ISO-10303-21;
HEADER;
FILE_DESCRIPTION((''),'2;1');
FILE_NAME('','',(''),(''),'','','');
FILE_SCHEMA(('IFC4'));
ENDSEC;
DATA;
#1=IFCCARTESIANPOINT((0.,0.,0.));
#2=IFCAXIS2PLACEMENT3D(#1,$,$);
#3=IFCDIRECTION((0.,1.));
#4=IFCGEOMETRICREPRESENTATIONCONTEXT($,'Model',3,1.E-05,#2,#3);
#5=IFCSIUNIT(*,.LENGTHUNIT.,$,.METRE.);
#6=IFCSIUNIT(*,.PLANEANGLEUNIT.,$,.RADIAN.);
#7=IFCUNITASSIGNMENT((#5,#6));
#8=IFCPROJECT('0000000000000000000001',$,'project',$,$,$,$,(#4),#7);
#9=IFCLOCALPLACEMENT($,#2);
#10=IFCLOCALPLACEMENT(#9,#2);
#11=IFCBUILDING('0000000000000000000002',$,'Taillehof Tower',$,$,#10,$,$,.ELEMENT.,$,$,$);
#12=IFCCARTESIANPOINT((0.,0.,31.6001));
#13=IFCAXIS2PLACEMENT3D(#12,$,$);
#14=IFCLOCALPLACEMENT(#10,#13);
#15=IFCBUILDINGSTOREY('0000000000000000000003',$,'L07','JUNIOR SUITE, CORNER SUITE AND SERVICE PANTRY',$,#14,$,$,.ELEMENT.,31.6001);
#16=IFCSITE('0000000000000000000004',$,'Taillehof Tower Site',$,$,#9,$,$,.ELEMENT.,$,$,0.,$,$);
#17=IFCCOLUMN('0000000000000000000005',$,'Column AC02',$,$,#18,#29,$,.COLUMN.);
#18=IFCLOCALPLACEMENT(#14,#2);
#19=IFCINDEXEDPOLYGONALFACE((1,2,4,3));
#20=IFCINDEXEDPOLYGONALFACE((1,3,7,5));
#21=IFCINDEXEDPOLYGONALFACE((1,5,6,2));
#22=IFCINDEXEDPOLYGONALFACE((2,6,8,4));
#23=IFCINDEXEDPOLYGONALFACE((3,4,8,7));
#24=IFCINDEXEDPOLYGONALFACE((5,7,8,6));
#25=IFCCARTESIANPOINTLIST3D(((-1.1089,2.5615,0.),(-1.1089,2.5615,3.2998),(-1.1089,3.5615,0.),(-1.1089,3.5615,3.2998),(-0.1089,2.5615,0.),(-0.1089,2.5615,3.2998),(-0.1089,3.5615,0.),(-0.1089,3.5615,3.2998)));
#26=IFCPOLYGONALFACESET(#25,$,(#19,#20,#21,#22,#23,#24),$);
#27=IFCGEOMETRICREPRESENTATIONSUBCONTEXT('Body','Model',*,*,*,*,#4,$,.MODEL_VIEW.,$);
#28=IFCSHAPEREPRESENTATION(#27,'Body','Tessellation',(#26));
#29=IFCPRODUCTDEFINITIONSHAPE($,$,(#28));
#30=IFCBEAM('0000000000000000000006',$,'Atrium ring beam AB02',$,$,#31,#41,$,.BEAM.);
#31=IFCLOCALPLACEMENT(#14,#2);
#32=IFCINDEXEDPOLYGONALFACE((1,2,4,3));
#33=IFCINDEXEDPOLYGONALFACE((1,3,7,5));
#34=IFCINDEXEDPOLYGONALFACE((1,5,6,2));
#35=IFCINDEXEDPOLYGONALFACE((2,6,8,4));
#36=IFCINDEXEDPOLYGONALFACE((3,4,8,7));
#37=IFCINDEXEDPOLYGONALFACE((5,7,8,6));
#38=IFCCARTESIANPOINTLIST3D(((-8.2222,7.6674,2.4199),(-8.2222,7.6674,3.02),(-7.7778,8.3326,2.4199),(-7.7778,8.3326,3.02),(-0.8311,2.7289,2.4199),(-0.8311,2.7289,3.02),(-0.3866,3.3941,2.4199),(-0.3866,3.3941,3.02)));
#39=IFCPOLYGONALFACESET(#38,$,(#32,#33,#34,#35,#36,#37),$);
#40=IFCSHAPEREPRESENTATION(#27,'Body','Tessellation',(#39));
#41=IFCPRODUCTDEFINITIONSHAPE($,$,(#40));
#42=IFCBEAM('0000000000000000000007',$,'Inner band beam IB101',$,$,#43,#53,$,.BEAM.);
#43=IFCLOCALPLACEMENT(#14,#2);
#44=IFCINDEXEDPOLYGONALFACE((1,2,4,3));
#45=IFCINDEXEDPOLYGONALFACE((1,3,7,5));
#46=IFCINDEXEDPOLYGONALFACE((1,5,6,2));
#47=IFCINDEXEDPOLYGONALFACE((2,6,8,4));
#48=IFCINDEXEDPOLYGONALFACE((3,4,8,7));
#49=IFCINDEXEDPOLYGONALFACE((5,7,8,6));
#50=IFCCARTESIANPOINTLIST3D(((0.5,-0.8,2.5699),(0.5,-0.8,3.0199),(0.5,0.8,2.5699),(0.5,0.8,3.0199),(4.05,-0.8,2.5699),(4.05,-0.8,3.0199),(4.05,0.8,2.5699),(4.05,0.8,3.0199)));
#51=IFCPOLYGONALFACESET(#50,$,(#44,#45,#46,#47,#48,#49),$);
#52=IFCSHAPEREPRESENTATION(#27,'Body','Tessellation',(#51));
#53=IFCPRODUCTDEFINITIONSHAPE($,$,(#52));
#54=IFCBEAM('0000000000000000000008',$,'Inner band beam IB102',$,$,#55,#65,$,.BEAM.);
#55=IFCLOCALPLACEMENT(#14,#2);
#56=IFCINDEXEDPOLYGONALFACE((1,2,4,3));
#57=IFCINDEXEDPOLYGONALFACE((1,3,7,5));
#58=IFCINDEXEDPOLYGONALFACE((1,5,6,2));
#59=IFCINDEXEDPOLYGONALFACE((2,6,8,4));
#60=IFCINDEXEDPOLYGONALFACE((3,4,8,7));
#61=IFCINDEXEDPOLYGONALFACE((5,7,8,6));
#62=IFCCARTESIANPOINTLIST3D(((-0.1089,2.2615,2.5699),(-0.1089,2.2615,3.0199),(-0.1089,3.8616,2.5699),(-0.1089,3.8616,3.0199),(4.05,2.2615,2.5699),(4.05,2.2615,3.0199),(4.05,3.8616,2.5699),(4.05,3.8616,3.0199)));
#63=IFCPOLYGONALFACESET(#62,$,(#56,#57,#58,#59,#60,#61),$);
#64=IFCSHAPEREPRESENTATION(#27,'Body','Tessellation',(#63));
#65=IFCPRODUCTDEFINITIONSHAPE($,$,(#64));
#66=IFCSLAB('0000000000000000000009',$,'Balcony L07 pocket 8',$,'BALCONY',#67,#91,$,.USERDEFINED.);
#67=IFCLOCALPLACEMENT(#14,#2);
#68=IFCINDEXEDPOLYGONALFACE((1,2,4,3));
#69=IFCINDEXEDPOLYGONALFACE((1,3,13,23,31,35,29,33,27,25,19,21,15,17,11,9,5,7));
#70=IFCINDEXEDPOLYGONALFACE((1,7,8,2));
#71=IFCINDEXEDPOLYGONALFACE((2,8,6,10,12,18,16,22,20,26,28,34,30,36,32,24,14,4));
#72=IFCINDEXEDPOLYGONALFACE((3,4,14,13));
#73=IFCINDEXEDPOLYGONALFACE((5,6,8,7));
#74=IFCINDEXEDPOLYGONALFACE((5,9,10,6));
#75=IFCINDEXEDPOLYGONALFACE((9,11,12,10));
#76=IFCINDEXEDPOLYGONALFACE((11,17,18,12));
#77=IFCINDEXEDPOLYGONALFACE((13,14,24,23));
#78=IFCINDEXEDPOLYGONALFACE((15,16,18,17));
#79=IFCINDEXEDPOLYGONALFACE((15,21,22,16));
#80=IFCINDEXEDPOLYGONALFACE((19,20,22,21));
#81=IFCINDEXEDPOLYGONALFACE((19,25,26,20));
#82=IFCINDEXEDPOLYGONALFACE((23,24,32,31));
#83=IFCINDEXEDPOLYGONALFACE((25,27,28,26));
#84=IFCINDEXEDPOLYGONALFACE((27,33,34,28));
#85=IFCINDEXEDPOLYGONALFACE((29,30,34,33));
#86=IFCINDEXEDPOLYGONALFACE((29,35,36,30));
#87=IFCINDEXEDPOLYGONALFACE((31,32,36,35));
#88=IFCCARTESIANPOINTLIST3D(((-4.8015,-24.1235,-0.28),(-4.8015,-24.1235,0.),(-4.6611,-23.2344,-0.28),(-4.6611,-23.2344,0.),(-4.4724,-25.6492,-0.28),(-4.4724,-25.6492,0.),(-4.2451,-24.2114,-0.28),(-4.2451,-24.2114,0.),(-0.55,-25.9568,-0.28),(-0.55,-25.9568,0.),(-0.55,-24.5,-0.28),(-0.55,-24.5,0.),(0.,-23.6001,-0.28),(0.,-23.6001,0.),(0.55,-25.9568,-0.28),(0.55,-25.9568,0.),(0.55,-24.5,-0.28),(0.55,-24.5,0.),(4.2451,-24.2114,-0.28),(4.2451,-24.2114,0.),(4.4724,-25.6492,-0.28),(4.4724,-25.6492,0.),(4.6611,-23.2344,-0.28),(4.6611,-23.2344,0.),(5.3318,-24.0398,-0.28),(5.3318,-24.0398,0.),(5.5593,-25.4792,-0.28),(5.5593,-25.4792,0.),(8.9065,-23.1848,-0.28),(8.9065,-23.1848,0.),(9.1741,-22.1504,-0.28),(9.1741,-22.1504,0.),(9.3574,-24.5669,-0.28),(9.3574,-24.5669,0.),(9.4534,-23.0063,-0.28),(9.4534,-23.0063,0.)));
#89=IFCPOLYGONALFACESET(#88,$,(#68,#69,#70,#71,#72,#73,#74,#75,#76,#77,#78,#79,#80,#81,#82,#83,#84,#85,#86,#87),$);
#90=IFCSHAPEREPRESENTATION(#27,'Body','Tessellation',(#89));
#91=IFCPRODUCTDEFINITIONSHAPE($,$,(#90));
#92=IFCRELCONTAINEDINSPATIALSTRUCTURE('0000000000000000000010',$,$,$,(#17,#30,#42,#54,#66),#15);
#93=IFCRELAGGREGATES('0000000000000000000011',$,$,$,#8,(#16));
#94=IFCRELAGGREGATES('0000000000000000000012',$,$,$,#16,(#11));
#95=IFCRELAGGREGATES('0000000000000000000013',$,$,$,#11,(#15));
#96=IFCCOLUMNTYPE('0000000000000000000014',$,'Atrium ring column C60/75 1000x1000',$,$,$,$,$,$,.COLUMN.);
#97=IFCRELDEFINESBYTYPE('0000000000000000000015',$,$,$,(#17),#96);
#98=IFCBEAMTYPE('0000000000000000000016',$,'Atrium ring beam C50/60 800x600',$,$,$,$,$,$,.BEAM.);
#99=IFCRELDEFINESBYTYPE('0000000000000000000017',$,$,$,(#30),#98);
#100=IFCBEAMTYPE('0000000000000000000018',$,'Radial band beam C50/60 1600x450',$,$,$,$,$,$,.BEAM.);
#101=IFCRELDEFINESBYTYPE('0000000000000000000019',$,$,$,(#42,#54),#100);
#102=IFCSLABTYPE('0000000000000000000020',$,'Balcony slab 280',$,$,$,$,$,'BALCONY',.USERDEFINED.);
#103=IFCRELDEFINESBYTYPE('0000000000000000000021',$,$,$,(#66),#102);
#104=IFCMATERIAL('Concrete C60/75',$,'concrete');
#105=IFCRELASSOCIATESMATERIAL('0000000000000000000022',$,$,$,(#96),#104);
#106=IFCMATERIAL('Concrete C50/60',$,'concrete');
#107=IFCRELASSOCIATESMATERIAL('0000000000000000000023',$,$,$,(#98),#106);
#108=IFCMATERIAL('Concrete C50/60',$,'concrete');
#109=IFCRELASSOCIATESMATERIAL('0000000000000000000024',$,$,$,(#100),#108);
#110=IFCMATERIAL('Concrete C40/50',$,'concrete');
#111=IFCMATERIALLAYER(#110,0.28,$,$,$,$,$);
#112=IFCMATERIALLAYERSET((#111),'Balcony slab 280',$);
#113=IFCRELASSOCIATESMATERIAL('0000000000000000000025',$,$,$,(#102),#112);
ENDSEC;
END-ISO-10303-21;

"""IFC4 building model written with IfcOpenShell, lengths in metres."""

from ifc_helpers import new_model, si_unit, direction, frame, origin, origin_2d, place, context, subcontext, project, spatial, polyline, rectangle, outline, extrude, material, layer, layer_set, material_profile, profile_set, type_object, element, save


model = new_model("IFC4")

# Units and contexts
model_context = context("Model", 3, precision=1e-05, world=origin(), true_north=direction((0.0, 1.0)))
body_context = subcontext(model_context, "Body", "Model", "MODEL_VIEW")
ifc_project = project(units=[si_unit("LENGTHUNIT", "METRE"), si_unit("PLANEANGLEUNIT", "RADIAN")], contexts=[model_context])

# Site, building, storey
site_placement = place(None, origin())
site = spatial("IfcSite", under=ifc_project, at=site_placement, Name="Taillehof Tower Site", CompositionType="ELEMENT", RefElevation=0.0)
building_placement = place(site_placement, origin())
building = spatial("IfcBuilding", under=site, at=building_placement, Name="Taillehof Tower", CompositionType="ELEMENT")
storey_placement = place(building_placement, frame((0.0, 0.0, 31.6001)))
storey = spatial("IfcBuildingStorey", under=building, at=storey_placement, Name="L07", Description="JUNIOR SUITE, CORNER SUITE AND SERVICE PANTRY", CompositionType="ELEMENT", Elevation=31.6001)

# Column
ifc_material_1 = material(Name="Concrete C60/75", Category="concrete")
ifc_material_profile_1 = material_profile(ifc_material_1, rectangle(XDim=1.0, YDim=1.0, at=origin_2d()), Name="RC 1000x1000")
ifc_profile_set_1 = profile_set([ifc_material_profile_1], Name="Concrete C60/75")
column_type = type_object("IfcColumnType", Name="Atrium ring column C60/75 1000x1000", PredefinedType="COLUMN", material=ifc_profile_set_1)
column_placement = place(storey_placement, frame((-0.6089, 3.0615, 0.0), z_axis=(0.0, 0.0, 1.0), x_axis=(1.0, 0.0, 0.0)))
element("IfcColumn", 1, at=column_placement, inside=storey, type_object=column_type, Name="Column AC02", PredefinedType="COLUMN", context=body_context, shape_type="SweptSolid", body=[
    extrude(rectangle(XDim=1.0, YDim=1.0, at=origin_2d()), origin(), (0.0, 0.0, 1.0), 3.2998),
])

# Beams
ifc_material_2 = material(Name="Concrete C50/60", Category="concrete")
ifc_material_profile_2 = material_profile(ifc_material_2, rectangle(XDim=0.8, YDim=0.6001, at=origin_2d()), Name="RC 800x600")
ifc_profile_set_2 = profile_set([ifc_material_profile_2], Name="Concrete C50/60")
beam_type_1 = type_object("IfcBeamType", Name="Atrium ring beam C50/60 800x600", PredefinedType="BEAM", material=ifc_profile_set_2)
beam_1_placement = place(storey_placement, frame((-0.6089, 3.0615, 2.72), z_axis=(-0.831475, 0.555562, 0.0), x_axis=(-0.555562, -0.831475, 0.0)))
element("IfcBeam", 2, at=beam_1_placement, inside=storey, type_object=beam_type_1, Name="Atrium ring beam AB02", PredefinedType="BEAM", context=body_context, shape_type="SweptSolid", body=[
    extrude(rectangle(XDim=0.8, YDim=0.6001, at=origin_2d()), origin(), (0.0, 0.0, 1.0), 8.8892),
])
ifc_material_3 = material(Name="Concrete C50/60", Category="concrete")
ifc_material_profile_3 = material_profile(ifc_material_3, rectangle(XDim=1.6001, YDim=0.45, at=origin_2d()), Name="RC 1600x450")
ifc_profile_set_3 = profile_set([ifc_material_profile_3], Name="Concrete C50/60")
beam_type_2 = type_object("IfcBeamType", Name="Radial band beam C50/60 1600x450", PredefinedType="BEAM", material=ifc_profile_set_3)
beam_2_placement = place(storey_placement, frame((0.5, 0.0, 2.7949), z_axis=(1.0, 0.0, 0.0), x_axis=(0.0, 1.0, 0.0)))
element("IfcBeam", 3, at=beam_2_placement, inside=storey, type_object=beam_type_2, Name="Inner band beam IB101", PredefinedType="BEAM", context=body_context, shape_type="SweptSolid", body=[
    extrude(rectangle(XDim=1.6001, YDim=0.45, at=origin_2d()), origin(), (0.0, 0.0, 1.0), 3.55),
])
beam_3_placement = place(storey_placement, frame((-0.1089, 3.0615, 2.7949), z_axis=(1.0, 0.0, 0.0), x_axis=(0.0, 1.0, 0.0)))
element("IfcBeam", 4, at=beam_3_placement, inside=storey, type_object=beam_type_2, Name="Inner band beam IB102", PredefinedType="BEAM", context=body_context, shape_type="SweptSolid", body=[
    extrude(rectangle(XDim=1.6001, YDim=0.45, at=origin_2d()), origin(), (0.0, 0.0, 1.0), 4.1589),
])

# Slab
ifc_material_4 = material(Name="Concrete C40/50", Category="concrete")
ifc_layer_1 = layer(ifc_material_4, 0.28)
ifc_layer_set_1 = layer_set([ifc_layer_1], Name="Balcony slab 280")
slab_type_1 = type_object("IfcSlabType", Name="Balcony slab 280", ElementType="BALCONY", PredefinedType="USERDEFINED", material=ifc_layer_set_1)
slab_1_placement = place(storey_placement, frame((0.0, 0.0, -0.28)))
element("IfcSlab", 5, at=slab_1_placement, inside=storey, type_object=slab_type_1, Name="Balcony L07 pocket 8", ObjectType="BALCONY", PredefinedType="USERDEFINED", context=body_context, shape_type="SweptSolid", body=[
    extrude(outline(polyline([(9.1741, -22.1504), (9.4534, -23.0063), (8.9065, -23.1848), (9.3574, -24.5669), (5.5593, -25.4792), (5.3318, -24.0398), (4.2451, -24.2114), (4.4724, -25.6492), (0.55, -25.9568), (0.55, -24.5), (-0.55, -24.5), (-0.55, -25.9568), (-4.4724, -25.6492), (-4.2451, -24.2114), (-4.8015, -24.1235), (-4.6611, -23.2344), (0.0, -23.6001), (4.6611, -23.2344), (9.1741, -22.1504)])), origin(), (0.0, 0.0, 1.0), 0.28),
])

save(model, "model.ifc")
